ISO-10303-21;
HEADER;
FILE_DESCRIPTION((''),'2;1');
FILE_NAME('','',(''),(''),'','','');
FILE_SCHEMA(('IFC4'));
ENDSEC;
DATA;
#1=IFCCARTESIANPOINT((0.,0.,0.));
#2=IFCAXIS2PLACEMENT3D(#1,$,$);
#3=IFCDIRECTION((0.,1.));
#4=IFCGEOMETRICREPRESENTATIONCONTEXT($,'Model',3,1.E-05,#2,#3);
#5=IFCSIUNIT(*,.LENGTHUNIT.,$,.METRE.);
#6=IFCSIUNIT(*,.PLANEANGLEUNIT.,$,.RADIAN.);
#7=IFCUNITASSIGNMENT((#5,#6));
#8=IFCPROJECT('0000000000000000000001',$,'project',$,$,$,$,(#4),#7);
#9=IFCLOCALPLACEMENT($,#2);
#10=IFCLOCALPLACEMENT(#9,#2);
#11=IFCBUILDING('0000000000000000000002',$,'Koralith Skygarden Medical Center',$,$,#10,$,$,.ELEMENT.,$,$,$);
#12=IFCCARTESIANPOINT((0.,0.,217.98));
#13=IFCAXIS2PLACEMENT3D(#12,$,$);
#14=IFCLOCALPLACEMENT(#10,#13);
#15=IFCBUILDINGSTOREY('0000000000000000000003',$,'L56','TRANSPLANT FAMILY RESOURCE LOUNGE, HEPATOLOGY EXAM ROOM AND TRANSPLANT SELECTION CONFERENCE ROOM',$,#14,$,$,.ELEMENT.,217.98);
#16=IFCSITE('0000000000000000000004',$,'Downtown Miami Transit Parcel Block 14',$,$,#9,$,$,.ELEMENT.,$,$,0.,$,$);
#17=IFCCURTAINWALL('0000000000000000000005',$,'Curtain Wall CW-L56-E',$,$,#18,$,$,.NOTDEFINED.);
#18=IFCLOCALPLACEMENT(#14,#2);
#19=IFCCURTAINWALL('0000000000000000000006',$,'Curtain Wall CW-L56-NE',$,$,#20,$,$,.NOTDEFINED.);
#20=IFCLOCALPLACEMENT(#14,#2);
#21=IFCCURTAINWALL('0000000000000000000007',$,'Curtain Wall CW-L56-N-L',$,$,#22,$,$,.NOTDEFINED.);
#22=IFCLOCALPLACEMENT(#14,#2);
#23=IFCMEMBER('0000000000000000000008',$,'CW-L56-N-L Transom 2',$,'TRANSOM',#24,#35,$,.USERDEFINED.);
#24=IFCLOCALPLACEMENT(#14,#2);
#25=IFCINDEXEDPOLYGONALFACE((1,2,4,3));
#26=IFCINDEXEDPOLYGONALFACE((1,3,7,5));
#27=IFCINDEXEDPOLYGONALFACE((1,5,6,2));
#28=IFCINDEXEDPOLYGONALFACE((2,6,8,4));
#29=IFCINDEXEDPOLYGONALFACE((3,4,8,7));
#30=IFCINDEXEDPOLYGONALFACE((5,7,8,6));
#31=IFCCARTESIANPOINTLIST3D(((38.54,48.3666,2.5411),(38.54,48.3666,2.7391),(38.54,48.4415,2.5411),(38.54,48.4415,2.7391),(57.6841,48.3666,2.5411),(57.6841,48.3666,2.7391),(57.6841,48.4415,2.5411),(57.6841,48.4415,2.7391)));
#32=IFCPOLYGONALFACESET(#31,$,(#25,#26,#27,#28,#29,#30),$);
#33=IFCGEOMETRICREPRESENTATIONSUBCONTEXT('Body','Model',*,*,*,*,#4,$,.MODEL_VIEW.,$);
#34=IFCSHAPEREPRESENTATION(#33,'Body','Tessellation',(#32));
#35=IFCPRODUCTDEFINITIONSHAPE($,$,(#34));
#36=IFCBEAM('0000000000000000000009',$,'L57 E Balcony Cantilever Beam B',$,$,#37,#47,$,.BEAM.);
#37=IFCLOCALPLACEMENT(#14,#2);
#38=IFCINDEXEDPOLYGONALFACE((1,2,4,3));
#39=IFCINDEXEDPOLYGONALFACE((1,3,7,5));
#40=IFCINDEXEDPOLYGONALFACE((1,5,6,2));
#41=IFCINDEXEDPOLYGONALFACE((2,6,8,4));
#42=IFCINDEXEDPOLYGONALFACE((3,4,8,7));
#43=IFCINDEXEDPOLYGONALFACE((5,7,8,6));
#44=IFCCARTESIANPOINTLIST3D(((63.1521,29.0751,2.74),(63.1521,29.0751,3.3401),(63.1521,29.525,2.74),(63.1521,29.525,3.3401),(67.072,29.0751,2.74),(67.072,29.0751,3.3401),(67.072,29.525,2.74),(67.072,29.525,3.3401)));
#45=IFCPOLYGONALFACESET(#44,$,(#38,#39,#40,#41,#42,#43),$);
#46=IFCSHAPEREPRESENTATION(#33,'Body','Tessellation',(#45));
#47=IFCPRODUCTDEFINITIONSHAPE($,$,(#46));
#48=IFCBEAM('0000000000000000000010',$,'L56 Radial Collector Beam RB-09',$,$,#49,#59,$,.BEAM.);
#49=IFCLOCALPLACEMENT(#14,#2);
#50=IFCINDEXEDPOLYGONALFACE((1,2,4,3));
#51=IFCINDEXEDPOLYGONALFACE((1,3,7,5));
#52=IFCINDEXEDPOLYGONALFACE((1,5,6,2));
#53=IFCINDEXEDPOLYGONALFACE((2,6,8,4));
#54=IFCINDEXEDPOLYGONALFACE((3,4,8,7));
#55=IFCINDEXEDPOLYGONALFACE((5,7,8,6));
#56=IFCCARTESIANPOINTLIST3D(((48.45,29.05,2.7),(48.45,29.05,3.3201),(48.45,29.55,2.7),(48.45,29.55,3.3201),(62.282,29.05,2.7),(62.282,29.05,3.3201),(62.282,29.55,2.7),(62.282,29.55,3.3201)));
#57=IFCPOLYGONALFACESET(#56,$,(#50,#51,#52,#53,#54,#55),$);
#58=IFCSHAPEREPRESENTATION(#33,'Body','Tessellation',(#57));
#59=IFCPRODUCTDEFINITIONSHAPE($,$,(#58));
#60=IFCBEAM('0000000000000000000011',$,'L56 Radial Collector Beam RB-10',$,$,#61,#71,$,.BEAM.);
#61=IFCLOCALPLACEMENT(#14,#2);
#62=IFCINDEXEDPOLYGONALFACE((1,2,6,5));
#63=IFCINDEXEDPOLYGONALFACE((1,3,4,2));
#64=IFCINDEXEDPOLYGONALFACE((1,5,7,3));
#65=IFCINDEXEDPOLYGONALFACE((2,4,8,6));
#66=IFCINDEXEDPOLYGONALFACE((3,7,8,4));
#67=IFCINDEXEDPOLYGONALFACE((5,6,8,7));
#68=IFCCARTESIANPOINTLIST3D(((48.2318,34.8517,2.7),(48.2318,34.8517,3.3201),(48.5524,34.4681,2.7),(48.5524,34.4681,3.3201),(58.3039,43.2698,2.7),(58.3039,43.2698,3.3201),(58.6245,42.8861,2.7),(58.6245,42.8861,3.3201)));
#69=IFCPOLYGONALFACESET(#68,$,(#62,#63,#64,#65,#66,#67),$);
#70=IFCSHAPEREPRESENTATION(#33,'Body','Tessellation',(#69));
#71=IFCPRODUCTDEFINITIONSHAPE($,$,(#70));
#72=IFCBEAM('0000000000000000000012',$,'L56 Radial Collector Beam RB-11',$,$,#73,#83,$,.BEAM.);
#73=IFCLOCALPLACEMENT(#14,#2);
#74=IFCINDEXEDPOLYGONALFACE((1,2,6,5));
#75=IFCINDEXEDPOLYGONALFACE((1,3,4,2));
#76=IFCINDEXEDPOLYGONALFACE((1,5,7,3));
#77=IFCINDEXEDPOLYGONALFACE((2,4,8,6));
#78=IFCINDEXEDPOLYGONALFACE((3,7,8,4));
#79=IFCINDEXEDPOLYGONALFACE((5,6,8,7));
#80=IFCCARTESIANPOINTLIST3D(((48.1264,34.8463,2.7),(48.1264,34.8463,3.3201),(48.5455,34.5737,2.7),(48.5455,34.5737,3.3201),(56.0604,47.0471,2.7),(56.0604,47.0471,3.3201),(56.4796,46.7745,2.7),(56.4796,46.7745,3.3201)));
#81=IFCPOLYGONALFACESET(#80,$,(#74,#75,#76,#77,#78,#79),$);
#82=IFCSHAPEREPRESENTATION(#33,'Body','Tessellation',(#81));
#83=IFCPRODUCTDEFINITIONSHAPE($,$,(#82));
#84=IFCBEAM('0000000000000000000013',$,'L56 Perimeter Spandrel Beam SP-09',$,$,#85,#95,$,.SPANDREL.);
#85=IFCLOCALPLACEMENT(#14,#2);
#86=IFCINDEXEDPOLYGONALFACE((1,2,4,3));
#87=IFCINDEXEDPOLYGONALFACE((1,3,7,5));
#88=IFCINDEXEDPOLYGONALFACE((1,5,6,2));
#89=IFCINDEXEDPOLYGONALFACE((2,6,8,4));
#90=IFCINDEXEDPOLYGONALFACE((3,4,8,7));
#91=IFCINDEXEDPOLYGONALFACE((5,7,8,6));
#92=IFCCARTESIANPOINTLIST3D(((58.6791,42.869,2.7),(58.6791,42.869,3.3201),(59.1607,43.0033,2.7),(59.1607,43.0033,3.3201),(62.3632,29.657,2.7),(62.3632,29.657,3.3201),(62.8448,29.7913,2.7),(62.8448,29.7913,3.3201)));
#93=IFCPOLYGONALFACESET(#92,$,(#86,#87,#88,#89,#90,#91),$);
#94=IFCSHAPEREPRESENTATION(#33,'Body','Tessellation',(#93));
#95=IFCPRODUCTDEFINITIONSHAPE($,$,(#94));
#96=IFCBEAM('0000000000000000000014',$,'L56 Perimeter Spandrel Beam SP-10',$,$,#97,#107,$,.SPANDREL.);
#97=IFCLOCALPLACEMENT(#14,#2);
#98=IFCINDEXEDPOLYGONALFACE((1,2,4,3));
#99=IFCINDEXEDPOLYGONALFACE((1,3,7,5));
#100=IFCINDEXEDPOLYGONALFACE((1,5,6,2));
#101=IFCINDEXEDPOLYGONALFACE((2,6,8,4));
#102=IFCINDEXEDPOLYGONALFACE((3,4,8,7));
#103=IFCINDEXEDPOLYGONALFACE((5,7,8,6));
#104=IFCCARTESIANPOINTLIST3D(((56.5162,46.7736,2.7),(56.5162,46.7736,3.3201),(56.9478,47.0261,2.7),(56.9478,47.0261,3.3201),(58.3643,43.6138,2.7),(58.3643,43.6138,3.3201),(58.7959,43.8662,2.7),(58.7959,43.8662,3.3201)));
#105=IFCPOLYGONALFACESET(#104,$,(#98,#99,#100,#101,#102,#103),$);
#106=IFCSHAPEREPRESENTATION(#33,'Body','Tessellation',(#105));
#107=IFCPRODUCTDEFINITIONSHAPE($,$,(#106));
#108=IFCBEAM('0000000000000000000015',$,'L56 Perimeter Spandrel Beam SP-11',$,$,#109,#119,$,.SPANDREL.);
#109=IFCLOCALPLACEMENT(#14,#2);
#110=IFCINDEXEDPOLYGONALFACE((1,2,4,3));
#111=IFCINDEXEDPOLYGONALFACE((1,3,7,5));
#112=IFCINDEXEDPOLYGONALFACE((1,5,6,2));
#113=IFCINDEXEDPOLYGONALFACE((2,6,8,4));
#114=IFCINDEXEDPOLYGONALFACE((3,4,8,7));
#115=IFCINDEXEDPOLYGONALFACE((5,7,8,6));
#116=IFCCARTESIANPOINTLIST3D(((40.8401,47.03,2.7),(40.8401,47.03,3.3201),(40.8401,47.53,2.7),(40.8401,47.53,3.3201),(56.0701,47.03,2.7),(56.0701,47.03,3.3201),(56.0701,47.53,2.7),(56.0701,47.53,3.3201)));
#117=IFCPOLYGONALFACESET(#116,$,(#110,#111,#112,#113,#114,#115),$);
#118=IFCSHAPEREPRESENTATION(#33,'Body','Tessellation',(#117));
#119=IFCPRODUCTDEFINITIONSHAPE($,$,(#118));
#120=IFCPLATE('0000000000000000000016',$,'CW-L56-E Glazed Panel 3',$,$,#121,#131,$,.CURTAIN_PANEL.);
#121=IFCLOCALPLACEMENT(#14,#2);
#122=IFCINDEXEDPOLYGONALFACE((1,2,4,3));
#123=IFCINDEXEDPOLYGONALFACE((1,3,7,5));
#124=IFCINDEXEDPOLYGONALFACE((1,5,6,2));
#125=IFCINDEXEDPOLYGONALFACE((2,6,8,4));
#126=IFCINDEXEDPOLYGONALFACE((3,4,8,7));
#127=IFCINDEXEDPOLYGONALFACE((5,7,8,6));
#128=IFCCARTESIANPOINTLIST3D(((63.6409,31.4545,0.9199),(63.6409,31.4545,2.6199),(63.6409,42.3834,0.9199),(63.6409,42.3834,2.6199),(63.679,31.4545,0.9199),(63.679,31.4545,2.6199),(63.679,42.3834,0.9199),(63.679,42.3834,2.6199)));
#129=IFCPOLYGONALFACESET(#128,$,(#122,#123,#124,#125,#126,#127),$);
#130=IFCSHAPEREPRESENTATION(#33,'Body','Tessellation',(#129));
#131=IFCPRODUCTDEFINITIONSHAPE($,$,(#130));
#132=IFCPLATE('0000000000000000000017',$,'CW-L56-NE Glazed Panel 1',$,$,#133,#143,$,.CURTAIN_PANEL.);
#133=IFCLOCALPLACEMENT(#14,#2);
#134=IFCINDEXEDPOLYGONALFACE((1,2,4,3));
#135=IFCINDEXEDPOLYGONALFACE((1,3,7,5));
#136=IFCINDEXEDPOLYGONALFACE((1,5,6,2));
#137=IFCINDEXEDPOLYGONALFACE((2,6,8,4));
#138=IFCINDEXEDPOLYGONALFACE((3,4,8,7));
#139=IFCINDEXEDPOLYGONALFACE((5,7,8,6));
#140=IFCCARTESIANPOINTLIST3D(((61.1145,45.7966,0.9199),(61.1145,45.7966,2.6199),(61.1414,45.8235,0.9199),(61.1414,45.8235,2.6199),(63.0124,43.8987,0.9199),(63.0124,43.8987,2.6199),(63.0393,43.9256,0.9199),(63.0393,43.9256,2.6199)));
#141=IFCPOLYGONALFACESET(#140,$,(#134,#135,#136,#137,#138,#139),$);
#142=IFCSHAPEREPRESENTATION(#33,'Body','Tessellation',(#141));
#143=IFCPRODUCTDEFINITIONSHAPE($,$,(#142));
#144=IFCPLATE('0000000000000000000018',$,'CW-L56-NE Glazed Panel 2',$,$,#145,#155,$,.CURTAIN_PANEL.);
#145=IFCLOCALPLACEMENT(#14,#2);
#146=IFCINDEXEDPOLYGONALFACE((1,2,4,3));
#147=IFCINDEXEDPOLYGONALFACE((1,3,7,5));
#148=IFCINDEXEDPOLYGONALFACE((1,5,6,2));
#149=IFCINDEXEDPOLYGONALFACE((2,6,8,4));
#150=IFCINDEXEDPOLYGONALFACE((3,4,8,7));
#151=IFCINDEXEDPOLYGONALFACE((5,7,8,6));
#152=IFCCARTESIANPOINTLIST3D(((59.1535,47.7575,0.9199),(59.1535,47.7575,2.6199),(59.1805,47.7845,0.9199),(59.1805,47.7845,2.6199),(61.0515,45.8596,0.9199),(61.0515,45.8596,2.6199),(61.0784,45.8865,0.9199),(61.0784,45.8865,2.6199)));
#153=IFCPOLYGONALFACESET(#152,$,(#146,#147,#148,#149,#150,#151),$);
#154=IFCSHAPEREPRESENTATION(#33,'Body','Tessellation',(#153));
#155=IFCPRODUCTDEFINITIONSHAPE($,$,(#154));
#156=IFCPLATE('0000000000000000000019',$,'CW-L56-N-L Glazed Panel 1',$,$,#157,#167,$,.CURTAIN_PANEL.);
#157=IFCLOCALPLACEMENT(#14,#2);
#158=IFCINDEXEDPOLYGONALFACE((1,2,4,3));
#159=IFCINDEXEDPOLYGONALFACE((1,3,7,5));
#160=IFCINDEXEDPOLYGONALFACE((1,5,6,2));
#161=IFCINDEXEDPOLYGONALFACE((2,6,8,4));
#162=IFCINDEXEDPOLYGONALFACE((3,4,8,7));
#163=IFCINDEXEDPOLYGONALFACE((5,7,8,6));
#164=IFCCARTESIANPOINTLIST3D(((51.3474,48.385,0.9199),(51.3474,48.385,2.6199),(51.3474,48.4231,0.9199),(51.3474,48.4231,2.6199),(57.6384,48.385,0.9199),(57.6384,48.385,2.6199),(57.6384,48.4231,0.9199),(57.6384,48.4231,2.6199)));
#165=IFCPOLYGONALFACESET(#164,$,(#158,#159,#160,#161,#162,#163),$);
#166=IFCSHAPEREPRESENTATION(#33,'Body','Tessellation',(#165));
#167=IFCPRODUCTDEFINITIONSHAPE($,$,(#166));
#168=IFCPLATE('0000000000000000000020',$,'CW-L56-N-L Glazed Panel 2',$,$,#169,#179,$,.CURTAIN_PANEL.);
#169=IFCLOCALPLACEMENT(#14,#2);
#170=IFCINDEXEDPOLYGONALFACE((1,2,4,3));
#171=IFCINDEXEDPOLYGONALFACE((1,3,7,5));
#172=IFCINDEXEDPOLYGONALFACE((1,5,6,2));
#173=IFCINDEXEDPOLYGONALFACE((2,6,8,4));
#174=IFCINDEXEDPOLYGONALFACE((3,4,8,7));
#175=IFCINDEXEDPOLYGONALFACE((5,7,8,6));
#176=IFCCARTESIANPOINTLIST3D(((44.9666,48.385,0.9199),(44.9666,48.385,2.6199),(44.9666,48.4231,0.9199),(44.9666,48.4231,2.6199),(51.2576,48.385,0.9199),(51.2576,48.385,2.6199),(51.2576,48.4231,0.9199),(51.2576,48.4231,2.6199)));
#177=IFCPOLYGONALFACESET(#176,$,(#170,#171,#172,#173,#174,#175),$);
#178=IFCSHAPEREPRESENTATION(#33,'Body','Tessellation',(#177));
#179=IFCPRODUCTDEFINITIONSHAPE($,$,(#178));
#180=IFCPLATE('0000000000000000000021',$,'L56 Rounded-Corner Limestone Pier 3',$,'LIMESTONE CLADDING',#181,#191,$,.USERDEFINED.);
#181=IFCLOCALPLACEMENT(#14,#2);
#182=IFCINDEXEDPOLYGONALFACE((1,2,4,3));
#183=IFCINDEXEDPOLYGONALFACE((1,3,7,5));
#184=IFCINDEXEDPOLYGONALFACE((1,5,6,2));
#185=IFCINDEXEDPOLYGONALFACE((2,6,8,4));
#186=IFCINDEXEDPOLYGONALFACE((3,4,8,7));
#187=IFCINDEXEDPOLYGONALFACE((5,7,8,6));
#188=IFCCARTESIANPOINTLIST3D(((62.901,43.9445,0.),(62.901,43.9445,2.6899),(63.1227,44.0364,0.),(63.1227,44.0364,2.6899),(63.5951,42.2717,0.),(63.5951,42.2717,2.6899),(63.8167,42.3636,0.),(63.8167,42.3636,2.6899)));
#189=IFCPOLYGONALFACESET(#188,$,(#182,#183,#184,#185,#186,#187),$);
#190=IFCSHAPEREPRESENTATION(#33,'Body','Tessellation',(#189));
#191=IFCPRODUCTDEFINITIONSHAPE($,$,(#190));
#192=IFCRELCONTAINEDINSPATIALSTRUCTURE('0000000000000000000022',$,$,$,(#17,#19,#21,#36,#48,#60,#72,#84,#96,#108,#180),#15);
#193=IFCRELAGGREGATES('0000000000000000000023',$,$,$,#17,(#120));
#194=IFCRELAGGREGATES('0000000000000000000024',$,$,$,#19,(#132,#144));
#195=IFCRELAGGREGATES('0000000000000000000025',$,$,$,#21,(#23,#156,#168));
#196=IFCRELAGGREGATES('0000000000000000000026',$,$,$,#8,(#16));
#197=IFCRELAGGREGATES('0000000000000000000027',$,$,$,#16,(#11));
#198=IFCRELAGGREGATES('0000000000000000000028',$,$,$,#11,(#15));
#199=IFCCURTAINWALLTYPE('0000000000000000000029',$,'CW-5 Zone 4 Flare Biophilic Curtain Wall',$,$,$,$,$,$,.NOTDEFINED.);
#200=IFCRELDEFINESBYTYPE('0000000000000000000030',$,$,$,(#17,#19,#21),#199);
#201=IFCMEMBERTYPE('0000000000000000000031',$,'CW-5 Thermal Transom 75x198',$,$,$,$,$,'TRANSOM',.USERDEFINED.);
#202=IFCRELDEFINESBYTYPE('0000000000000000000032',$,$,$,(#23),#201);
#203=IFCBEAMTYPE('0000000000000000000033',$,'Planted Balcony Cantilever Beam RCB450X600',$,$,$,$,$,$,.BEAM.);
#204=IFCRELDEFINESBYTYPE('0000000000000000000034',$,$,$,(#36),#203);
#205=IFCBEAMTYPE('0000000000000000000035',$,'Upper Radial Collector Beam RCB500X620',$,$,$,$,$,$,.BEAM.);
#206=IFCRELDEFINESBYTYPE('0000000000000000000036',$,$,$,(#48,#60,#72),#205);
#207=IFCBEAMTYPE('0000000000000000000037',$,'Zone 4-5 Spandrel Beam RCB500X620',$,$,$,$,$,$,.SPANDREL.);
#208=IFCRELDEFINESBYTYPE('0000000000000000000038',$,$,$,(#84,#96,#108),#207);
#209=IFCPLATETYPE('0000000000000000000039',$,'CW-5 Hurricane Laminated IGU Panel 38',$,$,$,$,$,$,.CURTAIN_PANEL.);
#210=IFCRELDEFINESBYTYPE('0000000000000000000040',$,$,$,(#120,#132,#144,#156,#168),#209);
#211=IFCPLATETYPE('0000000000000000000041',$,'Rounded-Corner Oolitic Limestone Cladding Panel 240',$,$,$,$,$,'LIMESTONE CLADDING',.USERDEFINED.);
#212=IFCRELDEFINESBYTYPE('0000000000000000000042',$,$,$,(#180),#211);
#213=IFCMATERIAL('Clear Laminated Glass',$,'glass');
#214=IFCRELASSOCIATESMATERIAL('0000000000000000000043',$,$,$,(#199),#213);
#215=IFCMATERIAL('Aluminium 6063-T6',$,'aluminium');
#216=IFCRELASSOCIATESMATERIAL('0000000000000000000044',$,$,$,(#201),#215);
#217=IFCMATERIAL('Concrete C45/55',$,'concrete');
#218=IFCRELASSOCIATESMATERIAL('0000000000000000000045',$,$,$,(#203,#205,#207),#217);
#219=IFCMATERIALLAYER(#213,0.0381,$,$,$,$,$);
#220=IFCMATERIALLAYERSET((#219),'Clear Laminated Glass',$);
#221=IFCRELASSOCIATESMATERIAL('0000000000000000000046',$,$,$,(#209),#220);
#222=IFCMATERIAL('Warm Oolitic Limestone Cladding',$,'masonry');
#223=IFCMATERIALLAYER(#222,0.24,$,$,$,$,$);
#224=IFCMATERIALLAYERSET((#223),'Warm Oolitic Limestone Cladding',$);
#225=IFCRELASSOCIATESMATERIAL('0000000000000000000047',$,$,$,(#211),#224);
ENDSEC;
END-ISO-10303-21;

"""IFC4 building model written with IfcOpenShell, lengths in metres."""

from ifc_helpers import new_model, si_unit, direction, frame, origin, origin_2d, place, context, subcontext, project, spatial, rectangle, extrude, material, layer, layer_set, material_profile, profile_set, type_object, element, aggregate, save


model = new_model("IFC4")

# Units and contexts
model_context = context("Model", 3, precision=1e-05, world=origin(), true_north=direction((0.0, 1.0)))
body_context = subcontext(model_context, "Body", "Model", "MODEL_VIEW")
ifc_project = project(units=[si_unit("LENGTHUNIT", "METRE"), si_unit("PLANEANGLEUNIT", "RADIAN")], contexts=[model_context])

# Site, building, storey
site_placement = place(None, origin())
site = spatial("IfcSite", under=ifc_project, at=site_placement, Name="Downtown Miami Transit Parcel Block 14", CompositionType="ELEMENT", RefElevation=0.0)
building_placement = place(site_placement, origin())
building = spatial("IfcBuilding", under=site, at=building_placement, Name="Koralith Skygarden Medical Center", CompositionType="ELEMENT")
storey_placement = place(building_placement, frame((0.0, 0.0, 217.98)))
storey = spatial("IfcBuildingStorey", under=building, at=storey_placement, Name="L56", Description="TRANSPLANT FAMILY RESOURCE LOUNGE, HEPATOLOGY EXAM ROOM AND TRANSPLANT SELECTION CONFERENCE ROOM", CompositionType="ELEMENT", Elevation=217.98)

# Curtain walls
ifc_material_1 = material(Name="Clear Laminated Glass", Category="glass")
curtain_wall_type = type_object("IfcCurtainWallType", Name="CW-5 Zone 4 Flare Biophilic Curtain Wall", PredefinedType="NOTDEFINED", material=ifc_material_1)
curtain_wall_1_placement = place(storey_placement, origin())
curtain_wall_1 = element("IfcCurtainWall", 1, at=curtain_wall_1_placement, inside=storey, type_object=curtain_wall_type, Name="Curtain Wall CW-L56-E", PredefinedType="NOTDEFINED")
ifc_material_2 = material(Name="Aluminium 6063-T6", Category="aluminium")
curtain_wall_2_placement = place(storey_placement, origin())
curtain_wall_2 = element("IfcCurtainWall", 2, at=curtain_wall_2_placement, inside=storey, type_object=curtain_wall_type, Name="Curtain Wall CW-L56-NE", PredefinedType="NOTDEFINED")
curtain_wall_3_placement = place(storey_placement, origin())
curtain_wall_3 = element("IfcCurtainWall", 3, at=curtain_wall_3_placement, inside=storey, type_object=curtain_wall_type, Name="Curtain Wall CW-L56-N-L", PredefinedType="NOTDEFINED")

# Member
ifc_material_profile_1 = material_profile(ifc_material_2, rectangle(XDim=0.075, YDim=0.198, at=origin_2d()), Name="TRN75X198")
ifc_profile_set_1 = profile_set([ifc_material_profile_1], Name="Aluminium 6063-T6")
member_type_1 = type_object("IfcMemberType", Name="CW-5 Thermal Transom 75x198", ElementType="TRANSOM", PredefinedType="USERDEFINED", material=ifc_profile_set_1)
member_1_placement = place(storey_placement, frame((57.6841, 48.4041, 2.6401), z_axis=(-1.0, 0.0, 0.0), x_axis=(0.0, -1.0, 0.0)))
member_1 = element("IfcMember", 4, at=member_1_placement, type_object=member_type_1, Name="CW-L56-N-L Transom 2", ObjectType="TRANSOM", PredefinedType="USERDEFINED", context=body_context, shape_type="SweptSolid", body=[
    extrude(rectangle(XDim=0.075, YDim=0.198, at=origin_2d()), origin(), (0.0, 0.0, 1.0), 19.144),
])

# Beams
ifc_material_3 = material(Name="Concrete C45/55", Category="concrete")
ifc_material_profile_2 = material_profile(ifc_material_3, rectangle(XDim=0.45, YDim=0.6001, at=origin_2d()), Name="RCB450X600")
ifc_profile_set_2 = profile_set([ifc_material_profile_2], Name="Concrete C45/55")
beam_type_1 = type_object("IfcBeamType", Name="Planted Balcony Cantilever Beam RCB450X600", PredefinedType="BEAM", material=ifc_profile_set_2)
beam_1_placement = place(storey_placement, frame((63.1521, 29.3, 3.04), z_axis=(1.0, 0.0, 0.0), x_axis=(0.0, 1.0, 0.0)))
element("IfcBeam", 5, at=beam_1_placement, inside=storey, type_object=beam_type_1, Name="L57 E Balcony Cantilever Beam B", PredefinedType="BEAM", context=body_context, shape_type="SweptSolid", body=[
    extrude(rectangle(XDim=0.45, YDim=0.6001, at=origin_2d()), origin(), (0.0, 0.0, 1.0), 3.9199),
])
ifc_material_profile_3 = material_profile(ifc_material_3, rectangle(XDim=0.5, YDim=0.6201, at=origin_2d()), Name="RCB500X620")
ifc_profile_set_3 = profile_set([ifc_material_profile_3], Name="Concrete C45/55")
beam_type_2 = type_object("IfcBeamType", Name="Upper Radial Collector Beam RCB500X620", PredefinedType="BEAM", material=ifc_profile_set_3)
beam_2_placement = place(storey_placement, frame((48.45, 29.3, 3.01), z_axis=(1.0, 0.0, 0.0), x_axis=(0.0, 1.0, 0.0)))
element("IfcBeam", 6, at=beam_2_placement, inside=storey, type_object=beam_type_2, Name="L56 Radial Collector Beam RB-09", PredefinedType="BEAM", context=body_context, shape_type="SweptSolid", body=[
    extrude(rectangle(XDim=0.5, YDim=0.6201, at=origin_2d()), origin(), (0.0, 0.0, 1.0), 13.832),
])
beam_3_placement = place(storey_placement, frame((48.3921, 34.6599, 3.01), z_axis=(0.767298, 0.641291, 0.0), x_axis=(-0.641291, 0.767298, 0.0)))
element("IfcBeam", 7, at=beam_3_placement, inside=storey, type_object=beam_type_2, Name="L56 Radial Collector Beam RB-10", PredefinedType="BEAM", context=body_context, shape_type="SweptSolid", body=[
    extrude(rectangle(XDim=0.5, YDim=0.6201, at=origin_2d()), origin(), (0.0, 0.0, 1.0), 13.1267),
])
beam_4_placement = place(storey_placement, frame((48.3359, 34.71, 3.01), z_axis=(0.545156, 0.838334, 0.0), x_axis=(-0.838334, 0.545156, 0.0)))
element("IfcBeam", 8, at=beam_4_placement, inside=storey, type_object=beam_type_2, Name="L56 Radial Collector Beam RB-11", PredefinedType="BEAM", context=body_context, shape_type="SweptSolid", body=[
    extrude(rectangle(XDim=0.5, YDim=0.6201, at=origin_2d()), origin(), (0.0, 0.0, 1.0), 14.5537),
])
ifc_material_profile_4 = material_profile(ifc_material_3, rectangle(XDim=0.5, YDim=0.6201, at=origin_2d()), Name="RCB500X620")
ifc_profile_set_4 = profile_set([ifc_material_profile_4], Name="Concrete C45/55")
beam_type_3 = type_object("IfcBeamType", Name="Zone 4-5 Spandrel Beam RCB500X620", PredefinedType="SPANDREL", material=ifc_profile_set_4)
beam_5_placement = place(storey_placement, frame((62.604, 29.7241, 3.01), z_axis=(-0.268598, 0.963252, 0.0), x_axis=(-0.963252, -0.268598, 0.0)))
element("IfcBeam", 9, at=beam_5_placement, inside=storey, type_object=beam_type_3, Name="L56 Perimeter Spandrel Beam SP-09", PredefinedType="SPANDREL", context=body_context, shape_type="SweptSolid", body=[
    extrude(rectangle(XDim=0.5, YDim=0.6201, at=origin_2d()), origin(), (0.0, 0.0, 1.0), 13.7161),
])
beam_6_placement = place(storey_placement, frame((58.5801, 43.74, 3.01), z_axis=(-0.504862, 0.8632, 0.0), x_axis=(-0.8632, -0.504862, 0.0)))
element("IfcBeam", 10, at=beam_6_placement, inside=storey, type_object=beam_type_3, Name="L56 Perimeter Spandrel Beam SP-10", PredefinedType="SPANDREL", context=body_context, shape_type="SweptSolid", body=[
    extrude(rectangle(XDim=0.5, YDim=0.6201, at=origin_2d()), origin(), (0.0, 0.0, 1.0), 3.6606),
])
beam_7_placement = place(storey_placement, frame((56.0701, 47.28, 3.01), z_axis=(-1.0, 0.0, 0.0), x_axis=(0.0, -1.0, 0.0)))
element("IfcBeam", 11, at=beam_7_placement, inside=storey, type_object=beam_type_3, Name="L56 Perimeter Spandrel Beam SP-11", PredefinedType="SPANDREL", context=body_context, shape_type="SweptSolid", body=[
    extrude(rectangle(XDim=0.5, YDim=0.6201, at=origin_2d()), origin(), (0.0, 0.0, 1.0), 15.23),
])

# Plates
ifc_layer_1 = layer(ifc_material_1, 0.0381)
ifc_layer_set_1 = layer_set([ifc_layer_1], Name="Clear Laminated Glass")
plate_type_1 = type_object("IfcPlateType", Name="CW-5 Hurricane Laminated IGU Panel 38", PredefinedType="CURTAIN_PANEL", material=ifc_layer_set_1)
plate_1_placement = place(storey_placement, frame((63.6599, 36.9189, 0.9199), z_axis=(0.0, 0.0, 1.0), x_axis=(0.0, 1.0, 0.0)))
plate_1 = element("IfcPlate", 12, at=plate_1_placement, type_object=plate_type_1, Name="CW-L56-E Glazed Panel 3", PredefinedType="CURTAIN_PANEL", context=body_context, shape_type="SweptSolid", body=[
    extrude(rectangle(XDim=10.929, YDim=0.0381, at=origin_2d()), origin(), (0.0, 0.0, 1.0), 1.7),
])
aggregate(curtain_wall_1, [plate_1])
plate_2_placement = place(storey_placement, frame((62.0769, 44.8611, 0.9199), z_axis=(0.0, 0.0, 1.0), x_axis=(-0.707107, 0.707107, 0.0)))
plate_2 = element("IfcPlate", 13, at=plate_2_placement, type_object=plate_type_1, Name="CW-L56-NE Glazed Panel 1", PredefinedType="CURTAIN_PANEL", context=body_context, shape_type="SweptSolid", body=[
    extrude(rectangle(XDim=2.6841, YDim=0.0381, at=origin_2d()), origin(), (0.0, 0.0, 1.0), 1.7),
])
plate_3_placement = place(storey_placement, frame((60.116, 46.822, 0.9199), z_axis=(0.0, 0.0, 1.0), x_axis=(-0.707107, 0.707107, 0.0)))
plate_3 = element("IfcPlate", 14, at=plate_3_placement, type_object=plate_type_1, Name="CW-L56-NE Glazed Panel 2", PredefinedType="CURTAIN_PANEL", context=body_context, shape_type="SweptSolid", body=[
    extrude(rectangle(XDim=2.6841, YDim=0.0381, at=origin_2d()), origin(), (0.0, 0.0, 1.0), 1.7),
])
aggregate(curtain_wall_2, [plate_2, plate_3])
plate_4_placement = place(storey_placement, frame((54.4929, 48.4041, 0.9199), z_axis=(0.0, 0.0, 1.0), x_axis=(-1.0, 0.0, 0.0)))
plate_4 = element("IfcPlate", 15, at=plate_4_placement, type_object=plate_type_1, Name="CW-L56-N-L Glazed Panel 1", PredefinedType="CURTAIN_PANEL", context=body_context, shape_type="SweptSolid", body=[
    extrude(rectangle(XDim=6.291, YDim=0.0381, at=origin_2d()), origin(), (0.0, 0.0, 1.0), 1.7),
])
plate_5_placement = place(storey_placement, frame((48.1121, 48.4041, 0.9199), z_axis=(0.0, 0.0, 1.0), x_axis=(-1.0, 0.0, 0.0)))
plate_5 = element("IfcPlate", 16, at=plate_5_placement, type_object=plate_type_1, Name="CW-L56-N-L Glazed Panel 2", PredefinedType="CURTAIN_PANEL", context=body_context, shape_type="SweptSolid", body=[
    extrude(rectangle(XDim=6.291, YDim=0.0381, at=origin_2d()), origin(), (0.0, 0.0, 1.0), 1.7),
])
aggregate(curtain_wall_3, [member_1, plate_4, plate_5])

# Plate
ifc_material_4 = material(Name="Warm Oolitic Limestone Cladding", Category="masonry")
ifc_layer_2 = layer(ifc_material_4, 0.24)
ifc_layer_set_2 = layer_set([ifc_layer_2], Name="Warm Oolitic Limestone Cladding")
plate_type_2 = type_object("IfcPlateType", Name="Rounded-Corner Oolitic Limestone Cladding Panel 240", ElementType="LIMESTONE CLADDING", PredefinedType="USERDEFINED", material=ifc_layer_set_2)
for number, where, z_axis, x_axis, name in (
    (17, (63.3589, 43.1541, 0.0), (0.0, 0.0, 1.0), (-0.383214, 0.92366, 0.0), "L56 Rounded-Corner Limestone Pier 3"),
):
    element("IfcPlate", number, at=place(storey_placement, frame(where, z_axis=z_axis, x_axis=x_axis)), inside=storey, type_object=plate_type_2, Name=name, ObjectType="LIMESTONE CLADDING", PredefinedType="USERDEFINED", context=body_context, shape_type="SweptSolid", body=[
        extrude(rectangle(XDim=1.811, YDim=0.24, at=origin_2d()), origin(), (0.0, 0.0, 1.0), 2.6899),
    ])

save(model, "model.ifc")
